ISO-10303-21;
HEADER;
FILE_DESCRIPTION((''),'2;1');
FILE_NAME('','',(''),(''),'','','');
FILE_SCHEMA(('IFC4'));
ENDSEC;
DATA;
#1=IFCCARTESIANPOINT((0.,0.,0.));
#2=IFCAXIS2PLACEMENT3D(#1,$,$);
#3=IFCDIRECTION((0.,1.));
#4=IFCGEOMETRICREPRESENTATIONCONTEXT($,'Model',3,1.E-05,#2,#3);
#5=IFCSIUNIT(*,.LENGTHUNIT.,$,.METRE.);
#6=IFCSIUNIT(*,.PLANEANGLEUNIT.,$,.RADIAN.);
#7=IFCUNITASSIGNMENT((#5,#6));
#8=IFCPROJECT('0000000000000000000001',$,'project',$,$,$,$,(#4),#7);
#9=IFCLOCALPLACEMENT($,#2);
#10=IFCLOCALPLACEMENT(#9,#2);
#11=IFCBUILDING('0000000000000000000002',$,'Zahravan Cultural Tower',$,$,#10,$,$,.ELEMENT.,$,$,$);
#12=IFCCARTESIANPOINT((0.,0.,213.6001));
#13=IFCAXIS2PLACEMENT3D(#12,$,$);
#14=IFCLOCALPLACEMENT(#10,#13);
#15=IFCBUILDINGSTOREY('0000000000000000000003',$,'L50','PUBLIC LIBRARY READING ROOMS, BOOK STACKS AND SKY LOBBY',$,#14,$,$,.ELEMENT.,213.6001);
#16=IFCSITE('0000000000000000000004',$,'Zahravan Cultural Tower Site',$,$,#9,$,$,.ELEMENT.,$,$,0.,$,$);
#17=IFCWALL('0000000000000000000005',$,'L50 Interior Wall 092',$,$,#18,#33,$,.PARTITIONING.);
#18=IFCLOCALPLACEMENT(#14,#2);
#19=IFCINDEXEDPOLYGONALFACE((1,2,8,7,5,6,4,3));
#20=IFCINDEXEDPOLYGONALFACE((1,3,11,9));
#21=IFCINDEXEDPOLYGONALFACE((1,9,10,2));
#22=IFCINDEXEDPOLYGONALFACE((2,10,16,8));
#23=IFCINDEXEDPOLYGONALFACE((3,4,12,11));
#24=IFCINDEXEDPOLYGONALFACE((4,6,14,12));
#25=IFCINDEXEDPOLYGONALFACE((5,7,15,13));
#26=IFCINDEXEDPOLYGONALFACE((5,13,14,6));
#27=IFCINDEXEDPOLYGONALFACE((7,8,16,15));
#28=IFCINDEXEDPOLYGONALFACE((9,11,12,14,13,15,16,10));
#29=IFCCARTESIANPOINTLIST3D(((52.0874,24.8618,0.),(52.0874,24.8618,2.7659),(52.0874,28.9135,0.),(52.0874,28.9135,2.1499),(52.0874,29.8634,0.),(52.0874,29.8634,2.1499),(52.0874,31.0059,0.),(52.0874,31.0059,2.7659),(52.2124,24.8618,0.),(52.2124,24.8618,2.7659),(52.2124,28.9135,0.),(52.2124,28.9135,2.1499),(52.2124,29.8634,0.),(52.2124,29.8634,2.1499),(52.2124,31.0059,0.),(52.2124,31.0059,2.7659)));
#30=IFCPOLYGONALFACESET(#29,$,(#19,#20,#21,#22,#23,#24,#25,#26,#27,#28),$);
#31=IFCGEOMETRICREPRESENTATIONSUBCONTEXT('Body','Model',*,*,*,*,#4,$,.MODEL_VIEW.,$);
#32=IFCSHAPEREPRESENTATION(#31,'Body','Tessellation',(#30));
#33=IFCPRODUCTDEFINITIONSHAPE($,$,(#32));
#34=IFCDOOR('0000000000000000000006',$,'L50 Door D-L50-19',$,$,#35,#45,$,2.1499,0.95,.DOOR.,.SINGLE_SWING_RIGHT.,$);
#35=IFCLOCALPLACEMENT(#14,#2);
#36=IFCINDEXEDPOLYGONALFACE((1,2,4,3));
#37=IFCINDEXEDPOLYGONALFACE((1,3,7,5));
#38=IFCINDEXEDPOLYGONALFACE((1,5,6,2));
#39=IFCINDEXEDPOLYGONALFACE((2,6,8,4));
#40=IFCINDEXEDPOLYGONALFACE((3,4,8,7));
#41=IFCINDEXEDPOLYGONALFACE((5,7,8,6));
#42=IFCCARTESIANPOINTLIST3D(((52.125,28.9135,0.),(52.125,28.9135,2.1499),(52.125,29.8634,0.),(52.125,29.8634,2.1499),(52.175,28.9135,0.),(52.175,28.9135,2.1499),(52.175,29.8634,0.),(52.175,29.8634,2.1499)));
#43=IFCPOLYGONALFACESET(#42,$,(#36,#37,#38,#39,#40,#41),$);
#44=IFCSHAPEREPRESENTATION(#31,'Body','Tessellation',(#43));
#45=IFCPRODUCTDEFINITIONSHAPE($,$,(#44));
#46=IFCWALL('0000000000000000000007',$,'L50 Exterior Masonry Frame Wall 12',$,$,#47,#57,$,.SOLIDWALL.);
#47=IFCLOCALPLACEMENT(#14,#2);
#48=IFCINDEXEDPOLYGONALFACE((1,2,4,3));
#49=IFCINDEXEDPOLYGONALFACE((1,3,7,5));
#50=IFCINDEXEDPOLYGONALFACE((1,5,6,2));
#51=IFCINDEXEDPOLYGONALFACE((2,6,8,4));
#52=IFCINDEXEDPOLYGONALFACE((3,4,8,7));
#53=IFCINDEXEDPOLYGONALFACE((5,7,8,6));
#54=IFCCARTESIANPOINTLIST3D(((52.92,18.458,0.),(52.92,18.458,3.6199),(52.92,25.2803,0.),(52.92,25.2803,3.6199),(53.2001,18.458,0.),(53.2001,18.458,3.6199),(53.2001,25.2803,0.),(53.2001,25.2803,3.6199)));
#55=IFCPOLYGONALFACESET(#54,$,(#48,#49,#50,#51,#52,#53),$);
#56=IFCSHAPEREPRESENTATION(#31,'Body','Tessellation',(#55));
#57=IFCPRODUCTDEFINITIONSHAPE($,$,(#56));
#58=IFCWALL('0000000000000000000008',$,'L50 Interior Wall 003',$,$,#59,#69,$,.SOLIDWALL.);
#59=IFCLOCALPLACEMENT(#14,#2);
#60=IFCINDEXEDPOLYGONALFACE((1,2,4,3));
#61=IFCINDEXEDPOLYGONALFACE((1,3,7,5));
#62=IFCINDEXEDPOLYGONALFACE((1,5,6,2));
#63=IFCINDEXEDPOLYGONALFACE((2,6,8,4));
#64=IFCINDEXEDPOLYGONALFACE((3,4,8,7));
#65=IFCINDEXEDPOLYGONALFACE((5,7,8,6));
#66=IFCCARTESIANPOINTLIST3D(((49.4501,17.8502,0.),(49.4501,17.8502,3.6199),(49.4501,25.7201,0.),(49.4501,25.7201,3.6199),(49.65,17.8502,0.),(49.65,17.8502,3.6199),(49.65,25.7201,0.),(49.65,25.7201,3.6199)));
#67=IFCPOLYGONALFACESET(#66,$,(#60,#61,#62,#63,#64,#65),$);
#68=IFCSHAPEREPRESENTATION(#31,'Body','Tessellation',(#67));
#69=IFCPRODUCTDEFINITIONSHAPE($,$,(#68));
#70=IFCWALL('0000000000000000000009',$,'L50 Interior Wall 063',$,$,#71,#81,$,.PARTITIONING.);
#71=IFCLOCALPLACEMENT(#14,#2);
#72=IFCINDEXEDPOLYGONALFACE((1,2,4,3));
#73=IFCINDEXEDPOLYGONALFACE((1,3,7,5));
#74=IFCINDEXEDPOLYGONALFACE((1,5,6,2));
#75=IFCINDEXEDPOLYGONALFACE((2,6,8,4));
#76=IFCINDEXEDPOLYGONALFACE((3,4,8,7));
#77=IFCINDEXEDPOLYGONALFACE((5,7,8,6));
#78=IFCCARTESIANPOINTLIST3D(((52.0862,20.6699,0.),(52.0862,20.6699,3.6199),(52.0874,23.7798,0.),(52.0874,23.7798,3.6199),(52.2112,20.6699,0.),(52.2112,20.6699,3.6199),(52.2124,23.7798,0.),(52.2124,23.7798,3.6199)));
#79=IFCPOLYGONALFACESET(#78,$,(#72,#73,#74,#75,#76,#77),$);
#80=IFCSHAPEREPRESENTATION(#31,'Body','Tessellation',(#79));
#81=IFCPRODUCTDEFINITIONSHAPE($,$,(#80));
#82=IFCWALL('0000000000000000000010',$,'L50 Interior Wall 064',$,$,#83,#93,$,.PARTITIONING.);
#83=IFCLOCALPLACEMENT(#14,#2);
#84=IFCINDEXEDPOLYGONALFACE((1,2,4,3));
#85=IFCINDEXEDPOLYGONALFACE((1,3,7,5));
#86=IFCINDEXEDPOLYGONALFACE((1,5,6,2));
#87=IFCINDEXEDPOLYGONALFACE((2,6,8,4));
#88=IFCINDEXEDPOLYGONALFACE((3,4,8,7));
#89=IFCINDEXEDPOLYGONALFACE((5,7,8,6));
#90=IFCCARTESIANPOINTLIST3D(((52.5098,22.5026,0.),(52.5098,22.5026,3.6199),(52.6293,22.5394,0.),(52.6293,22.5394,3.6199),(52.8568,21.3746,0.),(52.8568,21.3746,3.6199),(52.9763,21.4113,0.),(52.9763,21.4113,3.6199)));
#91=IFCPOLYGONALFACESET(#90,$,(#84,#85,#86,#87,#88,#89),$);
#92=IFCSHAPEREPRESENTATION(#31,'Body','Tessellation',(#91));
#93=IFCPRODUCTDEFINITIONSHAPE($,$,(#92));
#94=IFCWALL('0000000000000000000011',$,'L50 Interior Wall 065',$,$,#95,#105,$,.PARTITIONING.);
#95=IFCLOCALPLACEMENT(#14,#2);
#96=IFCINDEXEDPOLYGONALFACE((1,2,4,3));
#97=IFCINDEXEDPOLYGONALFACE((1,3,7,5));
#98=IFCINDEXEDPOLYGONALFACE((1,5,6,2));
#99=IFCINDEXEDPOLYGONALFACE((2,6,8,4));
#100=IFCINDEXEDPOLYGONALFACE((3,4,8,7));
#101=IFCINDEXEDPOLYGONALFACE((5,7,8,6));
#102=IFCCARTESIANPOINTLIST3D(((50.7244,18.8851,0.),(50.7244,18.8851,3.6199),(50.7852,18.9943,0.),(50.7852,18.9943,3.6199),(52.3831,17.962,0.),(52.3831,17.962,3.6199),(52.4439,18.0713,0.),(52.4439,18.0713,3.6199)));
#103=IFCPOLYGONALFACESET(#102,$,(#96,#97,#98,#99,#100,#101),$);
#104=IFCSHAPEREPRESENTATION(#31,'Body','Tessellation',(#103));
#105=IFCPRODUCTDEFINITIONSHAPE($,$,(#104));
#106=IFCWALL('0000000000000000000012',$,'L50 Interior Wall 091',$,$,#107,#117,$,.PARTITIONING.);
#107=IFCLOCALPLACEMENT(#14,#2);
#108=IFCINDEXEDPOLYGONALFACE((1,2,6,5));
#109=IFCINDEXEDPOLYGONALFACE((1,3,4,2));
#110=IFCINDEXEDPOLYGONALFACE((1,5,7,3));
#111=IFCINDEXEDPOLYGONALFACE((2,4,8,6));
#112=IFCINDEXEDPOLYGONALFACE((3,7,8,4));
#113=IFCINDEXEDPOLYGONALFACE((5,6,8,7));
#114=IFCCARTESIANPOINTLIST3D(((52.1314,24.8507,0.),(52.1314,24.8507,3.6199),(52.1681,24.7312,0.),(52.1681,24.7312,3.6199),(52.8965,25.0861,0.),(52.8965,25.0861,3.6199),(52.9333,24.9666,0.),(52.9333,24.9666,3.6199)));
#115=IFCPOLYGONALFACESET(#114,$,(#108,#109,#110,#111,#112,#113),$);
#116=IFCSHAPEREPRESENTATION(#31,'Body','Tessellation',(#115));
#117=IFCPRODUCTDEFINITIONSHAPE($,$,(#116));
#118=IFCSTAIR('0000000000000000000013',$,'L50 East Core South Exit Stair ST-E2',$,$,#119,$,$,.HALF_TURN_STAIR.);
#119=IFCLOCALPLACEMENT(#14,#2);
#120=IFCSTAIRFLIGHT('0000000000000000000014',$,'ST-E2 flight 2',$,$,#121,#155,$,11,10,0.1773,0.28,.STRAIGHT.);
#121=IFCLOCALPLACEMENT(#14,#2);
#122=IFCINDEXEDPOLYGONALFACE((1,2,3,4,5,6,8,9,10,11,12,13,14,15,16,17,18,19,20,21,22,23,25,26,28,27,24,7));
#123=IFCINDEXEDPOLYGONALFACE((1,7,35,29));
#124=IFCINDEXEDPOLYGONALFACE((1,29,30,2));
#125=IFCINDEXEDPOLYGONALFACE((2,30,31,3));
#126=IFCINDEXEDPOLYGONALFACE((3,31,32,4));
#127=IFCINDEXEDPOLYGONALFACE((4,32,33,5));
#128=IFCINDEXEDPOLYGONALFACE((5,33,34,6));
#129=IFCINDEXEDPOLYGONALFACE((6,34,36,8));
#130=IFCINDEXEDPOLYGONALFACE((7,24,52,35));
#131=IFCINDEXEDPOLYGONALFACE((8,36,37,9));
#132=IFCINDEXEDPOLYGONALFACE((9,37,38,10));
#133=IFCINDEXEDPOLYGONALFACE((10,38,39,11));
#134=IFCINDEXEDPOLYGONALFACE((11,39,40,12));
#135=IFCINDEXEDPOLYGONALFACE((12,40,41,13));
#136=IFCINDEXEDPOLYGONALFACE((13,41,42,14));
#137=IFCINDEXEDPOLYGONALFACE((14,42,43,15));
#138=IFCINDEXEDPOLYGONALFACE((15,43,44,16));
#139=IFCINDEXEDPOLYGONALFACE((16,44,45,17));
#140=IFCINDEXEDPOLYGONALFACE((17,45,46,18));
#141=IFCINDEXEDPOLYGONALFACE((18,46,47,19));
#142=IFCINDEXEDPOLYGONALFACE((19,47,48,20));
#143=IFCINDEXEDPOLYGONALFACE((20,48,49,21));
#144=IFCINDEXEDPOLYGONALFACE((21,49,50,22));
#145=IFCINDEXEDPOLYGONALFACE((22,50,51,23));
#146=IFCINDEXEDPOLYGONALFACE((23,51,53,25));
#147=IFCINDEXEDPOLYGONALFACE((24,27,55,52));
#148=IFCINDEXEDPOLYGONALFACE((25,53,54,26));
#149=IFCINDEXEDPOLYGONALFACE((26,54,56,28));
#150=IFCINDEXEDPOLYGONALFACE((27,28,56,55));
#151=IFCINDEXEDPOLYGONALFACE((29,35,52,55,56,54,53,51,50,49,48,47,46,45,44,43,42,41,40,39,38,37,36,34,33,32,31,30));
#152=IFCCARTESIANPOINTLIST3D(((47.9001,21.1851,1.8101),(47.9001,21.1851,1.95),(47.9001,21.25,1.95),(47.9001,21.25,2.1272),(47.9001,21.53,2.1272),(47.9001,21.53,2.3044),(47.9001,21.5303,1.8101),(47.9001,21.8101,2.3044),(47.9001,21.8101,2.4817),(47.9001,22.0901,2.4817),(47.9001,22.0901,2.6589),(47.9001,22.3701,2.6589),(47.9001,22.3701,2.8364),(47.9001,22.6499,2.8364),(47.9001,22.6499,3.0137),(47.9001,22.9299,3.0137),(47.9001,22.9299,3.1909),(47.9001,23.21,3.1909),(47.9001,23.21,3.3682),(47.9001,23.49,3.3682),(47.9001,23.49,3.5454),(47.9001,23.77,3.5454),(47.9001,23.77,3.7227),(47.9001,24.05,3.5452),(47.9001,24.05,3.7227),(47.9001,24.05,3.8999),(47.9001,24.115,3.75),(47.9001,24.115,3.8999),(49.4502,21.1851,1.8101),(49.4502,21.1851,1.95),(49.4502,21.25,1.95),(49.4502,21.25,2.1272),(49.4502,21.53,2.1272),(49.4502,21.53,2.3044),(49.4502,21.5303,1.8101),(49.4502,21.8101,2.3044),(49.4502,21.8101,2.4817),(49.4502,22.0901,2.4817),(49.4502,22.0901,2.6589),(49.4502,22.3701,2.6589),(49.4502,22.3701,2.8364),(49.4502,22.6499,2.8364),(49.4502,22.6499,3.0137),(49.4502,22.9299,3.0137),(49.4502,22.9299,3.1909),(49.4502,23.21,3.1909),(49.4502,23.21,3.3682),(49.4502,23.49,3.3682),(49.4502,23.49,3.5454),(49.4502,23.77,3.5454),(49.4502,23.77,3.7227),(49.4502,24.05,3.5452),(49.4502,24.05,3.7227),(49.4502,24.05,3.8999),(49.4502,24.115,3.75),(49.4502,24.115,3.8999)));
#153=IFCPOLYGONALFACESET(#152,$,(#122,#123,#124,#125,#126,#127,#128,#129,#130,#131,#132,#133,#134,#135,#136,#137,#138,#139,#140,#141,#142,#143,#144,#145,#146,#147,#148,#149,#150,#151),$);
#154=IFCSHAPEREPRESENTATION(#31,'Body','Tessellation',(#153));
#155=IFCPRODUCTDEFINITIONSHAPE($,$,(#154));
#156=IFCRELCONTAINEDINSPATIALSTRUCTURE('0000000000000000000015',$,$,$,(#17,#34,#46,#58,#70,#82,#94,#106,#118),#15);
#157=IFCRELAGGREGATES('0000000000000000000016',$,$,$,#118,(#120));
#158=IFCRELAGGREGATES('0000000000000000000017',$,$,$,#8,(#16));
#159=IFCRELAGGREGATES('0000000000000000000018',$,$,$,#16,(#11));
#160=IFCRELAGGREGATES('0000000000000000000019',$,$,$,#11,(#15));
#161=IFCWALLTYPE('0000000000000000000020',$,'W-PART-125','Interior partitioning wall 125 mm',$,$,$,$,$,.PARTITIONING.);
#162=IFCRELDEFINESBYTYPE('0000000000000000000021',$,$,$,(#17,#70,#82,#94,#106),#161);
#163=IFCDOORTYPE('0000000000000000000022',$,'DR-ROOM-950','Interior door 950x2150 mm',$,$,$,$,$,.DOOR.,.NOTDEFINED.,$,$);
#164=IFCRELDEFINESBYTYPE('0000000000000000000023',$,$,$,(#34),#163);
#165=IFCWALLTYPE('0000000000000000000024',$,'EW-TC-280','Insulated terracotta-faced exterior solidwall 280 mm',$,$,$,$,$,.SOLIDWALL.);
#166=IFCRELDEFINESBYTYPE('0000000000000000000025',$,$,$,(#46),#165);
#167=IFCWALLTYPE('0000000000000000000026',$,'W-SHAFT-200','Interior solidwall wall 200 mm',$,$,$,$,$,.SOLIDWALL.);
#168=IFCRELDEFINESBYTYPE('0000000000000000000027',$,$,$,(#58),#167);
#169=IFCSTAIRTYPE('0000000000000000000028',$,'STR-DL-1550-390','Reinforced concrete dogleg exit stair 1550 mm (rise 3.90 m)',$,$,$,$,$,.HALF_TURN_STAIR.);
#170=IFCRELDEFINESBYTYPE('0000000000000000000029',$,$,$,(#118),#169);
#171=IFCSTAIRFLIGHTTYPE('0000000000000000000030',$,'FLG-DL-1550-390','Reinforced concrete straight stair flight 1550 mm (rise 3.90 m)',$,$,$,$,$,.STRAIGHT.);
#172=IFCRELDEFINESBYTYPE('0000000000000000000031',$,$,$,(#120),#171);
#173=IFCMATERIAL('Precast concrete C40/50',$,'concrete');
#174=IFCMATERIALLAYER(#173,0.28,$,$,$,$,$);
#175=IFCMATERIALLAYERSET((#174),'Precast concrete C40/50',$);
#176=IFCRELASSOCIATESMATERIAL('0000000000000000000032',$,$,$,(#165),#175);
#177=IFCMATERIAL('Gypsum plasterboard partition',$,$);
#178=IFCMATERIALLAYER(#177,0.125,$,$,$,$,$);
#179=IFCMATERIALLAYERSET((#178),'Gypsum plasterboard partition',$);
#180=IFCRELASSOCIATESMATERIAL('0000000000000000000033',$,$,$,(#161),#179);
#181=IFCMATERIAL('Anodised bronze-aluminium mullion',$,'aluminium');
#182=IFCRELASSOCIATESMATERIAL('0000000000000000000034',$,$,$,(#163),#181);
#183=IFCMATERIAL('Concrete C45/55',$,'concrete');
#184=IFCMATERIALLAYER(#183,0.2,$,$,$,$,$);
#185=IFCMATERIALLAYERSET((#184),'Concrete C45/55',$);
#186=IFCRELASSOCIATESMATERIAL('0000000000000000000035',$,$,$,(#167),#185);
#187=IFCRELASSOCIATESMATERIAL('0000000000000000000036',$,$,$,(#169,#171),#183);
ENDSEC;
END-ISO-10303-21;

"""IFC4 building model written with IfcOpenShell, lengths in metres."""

from ifc_helpers import new_model, si_unit, direction, frame, frame_2d, origin, place, context, subcontext, project, spatial, polyline, rectangle, outline, extrude, source, transform, mapped, material, layer, layer_set, type_object, element, fill, aggregate, save


model = new_model("IFC4")

# Units and contexts
model_context = context("Model", 3, precision=1e-05, world=origin(), true_north=direction((0.0, 1.0)))
body_context = subcontext(model_context, "Body", "Model", "MODEL_VIEW")
ifc_project = project(units=[si_unit("LENGTHUNIT", "METRE"), si_unit("PLANEANGLEUNIT", "RADIAN")], contexts=[model_context])

# Site, building, storey
site_placement = place(None, origin())
site = spatial("IfcSite", under=ifc_project, at=site_placement, Name="Zahravan Cultural Tower Site", CompositionType="ELEMENT", RefElevation=0.0)
building_placement = place(site_placement, origin())
building = spatial("IfcBuilding", under=site, at=building_placement, Name="Zahravan Cultural Tower", CompositionType="ELEMENT")
storey_placement = place(building_placement, frame((0.0, 0.0, 213.6001)))
storey = spatial("IfcBuildingStorey", under=building, at=storey_placement, Name="L50", Description="PUBLIC LIBRARY READING ROOMS, BOOK STACKS AND SKY LOBBY", CompositionType="ELEMENT", Elevation=213.6001)

# Shared definitions
ifc_material_1 = material(Name="Precast concrete C40/50", Category="concrete")
ifc_layer_1 = layer(ifc_material_1, 0.28)
ifc_layer_set_1 = layer_set([ifc_layer_1], Name="Precast concrete C40/50")
wall_type_1 = type_object("IfcWallType", Name="EW-TC-280", Description="Insulated terracotta-faced exterior solidwall 280 mm", PredefinedType="SOLIDWALL", material=ifc_layer_set_1)

# Wall, opening, door
ifc_material_2 = material(Name="Gypsum plasterboard partition")
ifc_layer_2 = layer(ifc_material_2, 0.125)
ifc_layer_set_2 = layer_set([ifc_layer_2], Name="Gypsum plasterboard partition")
wall_type_2 = type_object("IfcWallType", Name="W-PART-125", Description="Interior partitioning wall 125 mm", PredefinedType="PARTITIONING", material=ifc_layer_set_2)
ifc_material_3 = material(Name="Anodised bronze-aluminium mullion", Category="aluminium")
door_type = type_object("IfcDoorType", Name="DR-ROOM-950", Description="Interior door 950x2150 mm", OperationType="NOTDEFINED", PredefinedType="DOOR", material=ifc_material_3)
shared_shape_1 = source(origin(), body_context, "Body", "SweptSolid", [
    extrude(rectangle(XDim=0.95, YDim=2.1499, at=frame_2d((0.4751, 1.075))), frame((0.0, 0.0249, 0.0), z_axis=(0.0, -1.0, 0.0), x_axis=(1.0, 0.0, 0.0)), (0.0, 0.0, 1.0), 0.05),
])
wall_1_placement = place(storey_placement, frame((52.1499, 24.8618, 0.0), z_axis=(0.0, 0.0, 1.0), x_axis=(0.0, 1.0, 0.0)))
wall_1 = element("IfcWall", 1, at=wall_1_placement, inside=storey, type_object=wall_type_2, Name="L50 Interior Wall 092", PredefinedType="PARTITIONING", context=body_context, shape_type="SweptSolid", body=[
    extrude(rectangle(XDim=6.144, YDim=0.125, at=frame_2d((3.072, 0.0))), origin(), (0.0, 0.0, 1.0), 2.7659),
])
opening_1_placement = place(wall_1_placement, frame((4.0515, 0.0, 0.0)))
opening_1 = element("IfcOpeningElement", 2, at=opening_1_placement, cuts=wall_1, PredefinedType="OPENING", context=body_context, shape_type="SweptSolid", body=[
    extrude(rectangle(XDim=0.95, YDim=2.1499, at=frame_2d((0.4751, 1.075))), frame((0.0, 0.0725, 0.0), z_axis=(0.0, -1.0, 0.0), x_axis=(1.0, 0.0, 0.0)), (0.0, 0.0, 1.0), 0.145),
])
door_1_placement = place(opening_1_placement, origin())
door_1 = element("IfcDoor", 3, at=door_1_placement, inside=storey, type_object=door_type, Name="L50 Door D-L50-19", OperationType="SINGLE_SWING_RIGHT", OverallHeight=2.1499, OverallWidth=0.95, PredefinedType="DOOR", context=body_context, shape_type="MappedRepresentation", body=[
    mapped(shared_shape_1, transform((0.0, 0.0, 0.0), x_axis=(1.0, 0.0, 0.0), y_axis=(0.0, 1.0, 0.0), z_axis=(0.0, 0.0, 1.0), scale=1.0)),
])
fill(opening_1, door_1)

# Walls
shared_shape_2 = source(origin(), body_context, "Body", "SweptSolid", [
    extrude(rectangle(XDim=6.8223, YDim=0.28, at=frame_2d((3.4111, 0.0))), origin(), (0.0, 0.0, 1.0), 3.6199),
])
wall_2_placement = place(storey_placement, frame((53.0601, 25.2803, 0.0), z_axis=(0.0, 0.0, 1.0), x_axis=(0.0, -1.0, 0.0)))
element("IfcWall", 4, at=wall_2_placement, inside=storey, type_object=wall_type_1, Name="L50 Exterior Masonry Frame Wall 12", PredefinedType="SOLIDWALL", context=body_context, shape_type="MappedRepresentation", body=[
    mapped(shared_shape_2, transform((0.0, 0.0, 0.0), x_axis=(1.0, 0.0, 0.0), y_axis=(0.0, 1.0, 0.0), z_axis=(0.0, 0.0, 1.0), scale=1.0)),
])
ifc_material_4 = material(Name="Concrete C45/55", Category="concrete")
ifc_layer_3 = layer(ifc_material_4, 0.2)
ifc_layer_set_3 = layer_set([ifc_layer_3], Name="Concrete C45/55")
wall_type_3 = type_object("IfcWallType", Name="W-SHAFT-200", Description="Interior solidwall wall 200 mm", PredefinedType="SOLIDWALL", material=ifc_layer_set_3)
shared_shape_3 = source(origin(), body_context, "Body", "SweptSolid", [
    extrude(rectangle(XDim=7.8699, YDim=0.2, at=frame_2d((3.9351, 0.0))), origin(), (0.0, 0.0, 1.0), 3.6199),
])
wall_3_placement = place(storey_placement, frame((49.55, 17.8501, 0.0), z_axis=(0.0, 0.0, 1.0), x_axis=(0.0, 1.0, 0.0)))
element("IfcWall", 5, at=wall_3_placement, inside=storey, type_object=wall_type_3, Name="L50 Interior Wall 003", PredefinedType="SOLIDWALL", context=body_context, shape_type="MappedRepresentation", body=[
    mapped(shared_shape_3, transform((0.0, 0.0, 0.0), x_axis=(1.0, 0.0, 0.0), y_axis=(0.0, 1.0, 0.0), z_axis=(0.0, 0.0, 1.0), scale=1.0)),
])
shared_shape_4 = source(origin(), body_context, "Body", "SweptSolid", [
    extrude(rectangle(XDim=3.1099, YDim=0.125, at=frame_2d((1.5549, 0.0))), origin(), (0.0, 0.0, 1.0), 3.6199),
])
wall_4_placement = place(storey_placement, frame((52.1487, 20.6699, 0.0), z_axis=(0.0, 0.0, 1.0), x_axis=(0.000393, 1.0, 0.0)))
element("IfcWall", 6, at=wall_4_placement, inside=storey, type_object=wall_type_2, Name="L50 Interior Wall 063", PredefinedType="PARTITIONING", context=body_context, shape_type="MappedRepresentation", body=[
    mapped(shared_shape_4, transform((0.0, 0.0, 0.0), x_axis=(1.0, 0.0, 0.0), y_axis=(0.0, 1.0, 0.0), z_axis=(0.0, 0.0, 1.0), scale=1.0)),
])
shared_shape_5 = source(origin(), body_context, "Body", "SweptSolid", [
    extrude(rectangle(XDim=1.1802, YDim=0.125, at=frame_2d((0.5901, 0.0))), origin(), (0.0, 0.0, 1.0), 3.6199),
])
wall_5_placement = place(storey_placement, frame((52.5696, 22.521, 0.0), z_axis=(0.0, 0.0, 1.0), x_axis=(0.293984, -0.95581, 0.0)))
element("IfcWall", 7, at=wall_5_placement, inside=storey, type_object=wall_type_2, Name="L50 Interior Wall 064", PredefinedType="PARTITIONING", context=body_context, shape_type="MappedRepresentation", body=[
    mapped(shared_shape_5, transform((0.0, 0.0, 0.0), x_axis=(1.0, 0.0, 0.0), y_axis=(0.0, 1.0, 0.0), z_axis=(0.0, 0.0, 1.0), scale=1.0)),
])
shared_shape_6 = source(origin(), body_context, "Body", "SweptSolid", [
    extrude(rectangle(XDim=1.8982, YDim=0.125, at=frame_2d((0.9492, 0.0))), origin(), (0.0, 0.0, 1.0), 3.6199),
])
wall_6_placement = place(storey_placement, frame((52.4136, 18.0166, 0.0), z_axis=(0.0, 0.0, 1.0), x_axis=(-0.873799, 0.486287, 0.0)))
element("IfcWall", 8, at=wall_6_placement, inside=storey, type_object=wall_type_2, Name="L50 Interior Wall 065", PredefinedType="PARTITIONING", context=body_context, shape_type="MappedRepresentation", body=[
    mapped(shared_shape_6, transform((0.0, 0.0, 0.0), x_axis=(1.0, 0.0, 0.0), y_axis=(0.0, 1.0, 0.0), z_axis=(0.0, 0.0, 1.0), scale=1.0)),
])
shared_shape_7 = source(origin(), body_context, "Body", "SweptSolid", [
    extrude(rectangle(XDim=0.8005, YDim=0.125, at=frame_2d((0.4004, 0.0))), origin(), (0.0, 0.0, 1.0), 3.6199),
])
wall_7_placement = place(storey_placement, frame((52.915, 25.0264, 0.0), z_axis=(0.0, 0.0, 1.0), x_axis=(-0.955805, -0.294, 0.0)))
element("IfcWall", 9, at=wall_7_placement, inside=storey, type_object=wall_type_2, Name="L50 Interior Wall 091", PredefinedType="PARTITIONING", context=body_context, shape_type="MappedRepresentation", body=[
    mapped(shared_shape_7, transform((0.0, 0.0, 0.0), x_axis=(1.0, 0.0, 0.0), y_axis=(0.0, 1.0, 0.0), z_axis=(0.0, 0.0, 1.0), scale=1.0)),
])

# Stair, stair flight
stair_type = type_object("IfcStairType", Name="STR-DL-1550-390", Description="Reinforced concrete dogleg exit stair 1550 mm (rise 3.90 m)", PredefinedType="HALF_TURN_STAIR", material=ifc_material_4)
stair_placement = place(storey_placement, origin())
stair = element("IfcStair", 10, at=stair_placement, inside=storey, type_object=stair_type, Name="L50 East Core South Exit Stair ST-E2", PredefinedType="HALF_TURN_STAIR")
stair_flight_type = type_object("IfcStairFlightType", Name="FLG-DL-1550-390", Description="Reinforced concrete straight stair flight 1550 mm (rise 3.90 m)", PredefinedType="STRAIGHT", material=ifc_material_4)
stair_flight_placement = place(storey_placement, frame((48.675, 21.25, 1.95), z_axis=(0.0, 0.0, 1.0), x_axis=(0.0, 1.0, 0.0)))
stair_flight = element("IfcStairFlight", 11, at=stair_flight_placement, type_object=stair_flight_type, Name="ST-E2 flight 2", NumberOfRisers=11, NumberOfTreads=10, PredefinedType="STRAIGHT", RiserHeight=0.1773, TreadLength=0.28, context=body_context, shape_type="SweptSolid", body=[
    extrude(outline(polyline([(-0.0649, -0.1399), (-0.0649, 0.0), (0.0, 0.0), (0.0, 0.1772), (0.28, 0.1772), (0.28, 0.3545), (0.5601, 0.3545), (0.5601, 0.5317), (0.8401, 0.5317), (0.8401, 0.709), (1.1201, 0.709), (1.1201, 0.8865), (1.3999, 0.8865), (1.3999, 1.0637), (1.6799, 1.0637), (1.6799, 1.241), (1.96, 1.241), (1.96, 1.4182), (2.24, 1.4182), (2.24, 1.5955), (2.52, 1.5955), (2.52, 1.7727), (2.8, 1.7727), (2.8, 1.95), (2.865, 1.95), (2.865, 1.8), (2.8, 1.5952), (0.2803, -0.1399), (-0.0649, -0.1399)])), frame((0.0, 0.7749, 0.0), z_axis=(0.0, -1.0, 0.0), x_axis=(1.0, 0.0, 0.0)), (0.0, 0.0, 1.0), 1.55),
])
aggregate(stair, [stair_flight])

save(model, "model.ifc")
